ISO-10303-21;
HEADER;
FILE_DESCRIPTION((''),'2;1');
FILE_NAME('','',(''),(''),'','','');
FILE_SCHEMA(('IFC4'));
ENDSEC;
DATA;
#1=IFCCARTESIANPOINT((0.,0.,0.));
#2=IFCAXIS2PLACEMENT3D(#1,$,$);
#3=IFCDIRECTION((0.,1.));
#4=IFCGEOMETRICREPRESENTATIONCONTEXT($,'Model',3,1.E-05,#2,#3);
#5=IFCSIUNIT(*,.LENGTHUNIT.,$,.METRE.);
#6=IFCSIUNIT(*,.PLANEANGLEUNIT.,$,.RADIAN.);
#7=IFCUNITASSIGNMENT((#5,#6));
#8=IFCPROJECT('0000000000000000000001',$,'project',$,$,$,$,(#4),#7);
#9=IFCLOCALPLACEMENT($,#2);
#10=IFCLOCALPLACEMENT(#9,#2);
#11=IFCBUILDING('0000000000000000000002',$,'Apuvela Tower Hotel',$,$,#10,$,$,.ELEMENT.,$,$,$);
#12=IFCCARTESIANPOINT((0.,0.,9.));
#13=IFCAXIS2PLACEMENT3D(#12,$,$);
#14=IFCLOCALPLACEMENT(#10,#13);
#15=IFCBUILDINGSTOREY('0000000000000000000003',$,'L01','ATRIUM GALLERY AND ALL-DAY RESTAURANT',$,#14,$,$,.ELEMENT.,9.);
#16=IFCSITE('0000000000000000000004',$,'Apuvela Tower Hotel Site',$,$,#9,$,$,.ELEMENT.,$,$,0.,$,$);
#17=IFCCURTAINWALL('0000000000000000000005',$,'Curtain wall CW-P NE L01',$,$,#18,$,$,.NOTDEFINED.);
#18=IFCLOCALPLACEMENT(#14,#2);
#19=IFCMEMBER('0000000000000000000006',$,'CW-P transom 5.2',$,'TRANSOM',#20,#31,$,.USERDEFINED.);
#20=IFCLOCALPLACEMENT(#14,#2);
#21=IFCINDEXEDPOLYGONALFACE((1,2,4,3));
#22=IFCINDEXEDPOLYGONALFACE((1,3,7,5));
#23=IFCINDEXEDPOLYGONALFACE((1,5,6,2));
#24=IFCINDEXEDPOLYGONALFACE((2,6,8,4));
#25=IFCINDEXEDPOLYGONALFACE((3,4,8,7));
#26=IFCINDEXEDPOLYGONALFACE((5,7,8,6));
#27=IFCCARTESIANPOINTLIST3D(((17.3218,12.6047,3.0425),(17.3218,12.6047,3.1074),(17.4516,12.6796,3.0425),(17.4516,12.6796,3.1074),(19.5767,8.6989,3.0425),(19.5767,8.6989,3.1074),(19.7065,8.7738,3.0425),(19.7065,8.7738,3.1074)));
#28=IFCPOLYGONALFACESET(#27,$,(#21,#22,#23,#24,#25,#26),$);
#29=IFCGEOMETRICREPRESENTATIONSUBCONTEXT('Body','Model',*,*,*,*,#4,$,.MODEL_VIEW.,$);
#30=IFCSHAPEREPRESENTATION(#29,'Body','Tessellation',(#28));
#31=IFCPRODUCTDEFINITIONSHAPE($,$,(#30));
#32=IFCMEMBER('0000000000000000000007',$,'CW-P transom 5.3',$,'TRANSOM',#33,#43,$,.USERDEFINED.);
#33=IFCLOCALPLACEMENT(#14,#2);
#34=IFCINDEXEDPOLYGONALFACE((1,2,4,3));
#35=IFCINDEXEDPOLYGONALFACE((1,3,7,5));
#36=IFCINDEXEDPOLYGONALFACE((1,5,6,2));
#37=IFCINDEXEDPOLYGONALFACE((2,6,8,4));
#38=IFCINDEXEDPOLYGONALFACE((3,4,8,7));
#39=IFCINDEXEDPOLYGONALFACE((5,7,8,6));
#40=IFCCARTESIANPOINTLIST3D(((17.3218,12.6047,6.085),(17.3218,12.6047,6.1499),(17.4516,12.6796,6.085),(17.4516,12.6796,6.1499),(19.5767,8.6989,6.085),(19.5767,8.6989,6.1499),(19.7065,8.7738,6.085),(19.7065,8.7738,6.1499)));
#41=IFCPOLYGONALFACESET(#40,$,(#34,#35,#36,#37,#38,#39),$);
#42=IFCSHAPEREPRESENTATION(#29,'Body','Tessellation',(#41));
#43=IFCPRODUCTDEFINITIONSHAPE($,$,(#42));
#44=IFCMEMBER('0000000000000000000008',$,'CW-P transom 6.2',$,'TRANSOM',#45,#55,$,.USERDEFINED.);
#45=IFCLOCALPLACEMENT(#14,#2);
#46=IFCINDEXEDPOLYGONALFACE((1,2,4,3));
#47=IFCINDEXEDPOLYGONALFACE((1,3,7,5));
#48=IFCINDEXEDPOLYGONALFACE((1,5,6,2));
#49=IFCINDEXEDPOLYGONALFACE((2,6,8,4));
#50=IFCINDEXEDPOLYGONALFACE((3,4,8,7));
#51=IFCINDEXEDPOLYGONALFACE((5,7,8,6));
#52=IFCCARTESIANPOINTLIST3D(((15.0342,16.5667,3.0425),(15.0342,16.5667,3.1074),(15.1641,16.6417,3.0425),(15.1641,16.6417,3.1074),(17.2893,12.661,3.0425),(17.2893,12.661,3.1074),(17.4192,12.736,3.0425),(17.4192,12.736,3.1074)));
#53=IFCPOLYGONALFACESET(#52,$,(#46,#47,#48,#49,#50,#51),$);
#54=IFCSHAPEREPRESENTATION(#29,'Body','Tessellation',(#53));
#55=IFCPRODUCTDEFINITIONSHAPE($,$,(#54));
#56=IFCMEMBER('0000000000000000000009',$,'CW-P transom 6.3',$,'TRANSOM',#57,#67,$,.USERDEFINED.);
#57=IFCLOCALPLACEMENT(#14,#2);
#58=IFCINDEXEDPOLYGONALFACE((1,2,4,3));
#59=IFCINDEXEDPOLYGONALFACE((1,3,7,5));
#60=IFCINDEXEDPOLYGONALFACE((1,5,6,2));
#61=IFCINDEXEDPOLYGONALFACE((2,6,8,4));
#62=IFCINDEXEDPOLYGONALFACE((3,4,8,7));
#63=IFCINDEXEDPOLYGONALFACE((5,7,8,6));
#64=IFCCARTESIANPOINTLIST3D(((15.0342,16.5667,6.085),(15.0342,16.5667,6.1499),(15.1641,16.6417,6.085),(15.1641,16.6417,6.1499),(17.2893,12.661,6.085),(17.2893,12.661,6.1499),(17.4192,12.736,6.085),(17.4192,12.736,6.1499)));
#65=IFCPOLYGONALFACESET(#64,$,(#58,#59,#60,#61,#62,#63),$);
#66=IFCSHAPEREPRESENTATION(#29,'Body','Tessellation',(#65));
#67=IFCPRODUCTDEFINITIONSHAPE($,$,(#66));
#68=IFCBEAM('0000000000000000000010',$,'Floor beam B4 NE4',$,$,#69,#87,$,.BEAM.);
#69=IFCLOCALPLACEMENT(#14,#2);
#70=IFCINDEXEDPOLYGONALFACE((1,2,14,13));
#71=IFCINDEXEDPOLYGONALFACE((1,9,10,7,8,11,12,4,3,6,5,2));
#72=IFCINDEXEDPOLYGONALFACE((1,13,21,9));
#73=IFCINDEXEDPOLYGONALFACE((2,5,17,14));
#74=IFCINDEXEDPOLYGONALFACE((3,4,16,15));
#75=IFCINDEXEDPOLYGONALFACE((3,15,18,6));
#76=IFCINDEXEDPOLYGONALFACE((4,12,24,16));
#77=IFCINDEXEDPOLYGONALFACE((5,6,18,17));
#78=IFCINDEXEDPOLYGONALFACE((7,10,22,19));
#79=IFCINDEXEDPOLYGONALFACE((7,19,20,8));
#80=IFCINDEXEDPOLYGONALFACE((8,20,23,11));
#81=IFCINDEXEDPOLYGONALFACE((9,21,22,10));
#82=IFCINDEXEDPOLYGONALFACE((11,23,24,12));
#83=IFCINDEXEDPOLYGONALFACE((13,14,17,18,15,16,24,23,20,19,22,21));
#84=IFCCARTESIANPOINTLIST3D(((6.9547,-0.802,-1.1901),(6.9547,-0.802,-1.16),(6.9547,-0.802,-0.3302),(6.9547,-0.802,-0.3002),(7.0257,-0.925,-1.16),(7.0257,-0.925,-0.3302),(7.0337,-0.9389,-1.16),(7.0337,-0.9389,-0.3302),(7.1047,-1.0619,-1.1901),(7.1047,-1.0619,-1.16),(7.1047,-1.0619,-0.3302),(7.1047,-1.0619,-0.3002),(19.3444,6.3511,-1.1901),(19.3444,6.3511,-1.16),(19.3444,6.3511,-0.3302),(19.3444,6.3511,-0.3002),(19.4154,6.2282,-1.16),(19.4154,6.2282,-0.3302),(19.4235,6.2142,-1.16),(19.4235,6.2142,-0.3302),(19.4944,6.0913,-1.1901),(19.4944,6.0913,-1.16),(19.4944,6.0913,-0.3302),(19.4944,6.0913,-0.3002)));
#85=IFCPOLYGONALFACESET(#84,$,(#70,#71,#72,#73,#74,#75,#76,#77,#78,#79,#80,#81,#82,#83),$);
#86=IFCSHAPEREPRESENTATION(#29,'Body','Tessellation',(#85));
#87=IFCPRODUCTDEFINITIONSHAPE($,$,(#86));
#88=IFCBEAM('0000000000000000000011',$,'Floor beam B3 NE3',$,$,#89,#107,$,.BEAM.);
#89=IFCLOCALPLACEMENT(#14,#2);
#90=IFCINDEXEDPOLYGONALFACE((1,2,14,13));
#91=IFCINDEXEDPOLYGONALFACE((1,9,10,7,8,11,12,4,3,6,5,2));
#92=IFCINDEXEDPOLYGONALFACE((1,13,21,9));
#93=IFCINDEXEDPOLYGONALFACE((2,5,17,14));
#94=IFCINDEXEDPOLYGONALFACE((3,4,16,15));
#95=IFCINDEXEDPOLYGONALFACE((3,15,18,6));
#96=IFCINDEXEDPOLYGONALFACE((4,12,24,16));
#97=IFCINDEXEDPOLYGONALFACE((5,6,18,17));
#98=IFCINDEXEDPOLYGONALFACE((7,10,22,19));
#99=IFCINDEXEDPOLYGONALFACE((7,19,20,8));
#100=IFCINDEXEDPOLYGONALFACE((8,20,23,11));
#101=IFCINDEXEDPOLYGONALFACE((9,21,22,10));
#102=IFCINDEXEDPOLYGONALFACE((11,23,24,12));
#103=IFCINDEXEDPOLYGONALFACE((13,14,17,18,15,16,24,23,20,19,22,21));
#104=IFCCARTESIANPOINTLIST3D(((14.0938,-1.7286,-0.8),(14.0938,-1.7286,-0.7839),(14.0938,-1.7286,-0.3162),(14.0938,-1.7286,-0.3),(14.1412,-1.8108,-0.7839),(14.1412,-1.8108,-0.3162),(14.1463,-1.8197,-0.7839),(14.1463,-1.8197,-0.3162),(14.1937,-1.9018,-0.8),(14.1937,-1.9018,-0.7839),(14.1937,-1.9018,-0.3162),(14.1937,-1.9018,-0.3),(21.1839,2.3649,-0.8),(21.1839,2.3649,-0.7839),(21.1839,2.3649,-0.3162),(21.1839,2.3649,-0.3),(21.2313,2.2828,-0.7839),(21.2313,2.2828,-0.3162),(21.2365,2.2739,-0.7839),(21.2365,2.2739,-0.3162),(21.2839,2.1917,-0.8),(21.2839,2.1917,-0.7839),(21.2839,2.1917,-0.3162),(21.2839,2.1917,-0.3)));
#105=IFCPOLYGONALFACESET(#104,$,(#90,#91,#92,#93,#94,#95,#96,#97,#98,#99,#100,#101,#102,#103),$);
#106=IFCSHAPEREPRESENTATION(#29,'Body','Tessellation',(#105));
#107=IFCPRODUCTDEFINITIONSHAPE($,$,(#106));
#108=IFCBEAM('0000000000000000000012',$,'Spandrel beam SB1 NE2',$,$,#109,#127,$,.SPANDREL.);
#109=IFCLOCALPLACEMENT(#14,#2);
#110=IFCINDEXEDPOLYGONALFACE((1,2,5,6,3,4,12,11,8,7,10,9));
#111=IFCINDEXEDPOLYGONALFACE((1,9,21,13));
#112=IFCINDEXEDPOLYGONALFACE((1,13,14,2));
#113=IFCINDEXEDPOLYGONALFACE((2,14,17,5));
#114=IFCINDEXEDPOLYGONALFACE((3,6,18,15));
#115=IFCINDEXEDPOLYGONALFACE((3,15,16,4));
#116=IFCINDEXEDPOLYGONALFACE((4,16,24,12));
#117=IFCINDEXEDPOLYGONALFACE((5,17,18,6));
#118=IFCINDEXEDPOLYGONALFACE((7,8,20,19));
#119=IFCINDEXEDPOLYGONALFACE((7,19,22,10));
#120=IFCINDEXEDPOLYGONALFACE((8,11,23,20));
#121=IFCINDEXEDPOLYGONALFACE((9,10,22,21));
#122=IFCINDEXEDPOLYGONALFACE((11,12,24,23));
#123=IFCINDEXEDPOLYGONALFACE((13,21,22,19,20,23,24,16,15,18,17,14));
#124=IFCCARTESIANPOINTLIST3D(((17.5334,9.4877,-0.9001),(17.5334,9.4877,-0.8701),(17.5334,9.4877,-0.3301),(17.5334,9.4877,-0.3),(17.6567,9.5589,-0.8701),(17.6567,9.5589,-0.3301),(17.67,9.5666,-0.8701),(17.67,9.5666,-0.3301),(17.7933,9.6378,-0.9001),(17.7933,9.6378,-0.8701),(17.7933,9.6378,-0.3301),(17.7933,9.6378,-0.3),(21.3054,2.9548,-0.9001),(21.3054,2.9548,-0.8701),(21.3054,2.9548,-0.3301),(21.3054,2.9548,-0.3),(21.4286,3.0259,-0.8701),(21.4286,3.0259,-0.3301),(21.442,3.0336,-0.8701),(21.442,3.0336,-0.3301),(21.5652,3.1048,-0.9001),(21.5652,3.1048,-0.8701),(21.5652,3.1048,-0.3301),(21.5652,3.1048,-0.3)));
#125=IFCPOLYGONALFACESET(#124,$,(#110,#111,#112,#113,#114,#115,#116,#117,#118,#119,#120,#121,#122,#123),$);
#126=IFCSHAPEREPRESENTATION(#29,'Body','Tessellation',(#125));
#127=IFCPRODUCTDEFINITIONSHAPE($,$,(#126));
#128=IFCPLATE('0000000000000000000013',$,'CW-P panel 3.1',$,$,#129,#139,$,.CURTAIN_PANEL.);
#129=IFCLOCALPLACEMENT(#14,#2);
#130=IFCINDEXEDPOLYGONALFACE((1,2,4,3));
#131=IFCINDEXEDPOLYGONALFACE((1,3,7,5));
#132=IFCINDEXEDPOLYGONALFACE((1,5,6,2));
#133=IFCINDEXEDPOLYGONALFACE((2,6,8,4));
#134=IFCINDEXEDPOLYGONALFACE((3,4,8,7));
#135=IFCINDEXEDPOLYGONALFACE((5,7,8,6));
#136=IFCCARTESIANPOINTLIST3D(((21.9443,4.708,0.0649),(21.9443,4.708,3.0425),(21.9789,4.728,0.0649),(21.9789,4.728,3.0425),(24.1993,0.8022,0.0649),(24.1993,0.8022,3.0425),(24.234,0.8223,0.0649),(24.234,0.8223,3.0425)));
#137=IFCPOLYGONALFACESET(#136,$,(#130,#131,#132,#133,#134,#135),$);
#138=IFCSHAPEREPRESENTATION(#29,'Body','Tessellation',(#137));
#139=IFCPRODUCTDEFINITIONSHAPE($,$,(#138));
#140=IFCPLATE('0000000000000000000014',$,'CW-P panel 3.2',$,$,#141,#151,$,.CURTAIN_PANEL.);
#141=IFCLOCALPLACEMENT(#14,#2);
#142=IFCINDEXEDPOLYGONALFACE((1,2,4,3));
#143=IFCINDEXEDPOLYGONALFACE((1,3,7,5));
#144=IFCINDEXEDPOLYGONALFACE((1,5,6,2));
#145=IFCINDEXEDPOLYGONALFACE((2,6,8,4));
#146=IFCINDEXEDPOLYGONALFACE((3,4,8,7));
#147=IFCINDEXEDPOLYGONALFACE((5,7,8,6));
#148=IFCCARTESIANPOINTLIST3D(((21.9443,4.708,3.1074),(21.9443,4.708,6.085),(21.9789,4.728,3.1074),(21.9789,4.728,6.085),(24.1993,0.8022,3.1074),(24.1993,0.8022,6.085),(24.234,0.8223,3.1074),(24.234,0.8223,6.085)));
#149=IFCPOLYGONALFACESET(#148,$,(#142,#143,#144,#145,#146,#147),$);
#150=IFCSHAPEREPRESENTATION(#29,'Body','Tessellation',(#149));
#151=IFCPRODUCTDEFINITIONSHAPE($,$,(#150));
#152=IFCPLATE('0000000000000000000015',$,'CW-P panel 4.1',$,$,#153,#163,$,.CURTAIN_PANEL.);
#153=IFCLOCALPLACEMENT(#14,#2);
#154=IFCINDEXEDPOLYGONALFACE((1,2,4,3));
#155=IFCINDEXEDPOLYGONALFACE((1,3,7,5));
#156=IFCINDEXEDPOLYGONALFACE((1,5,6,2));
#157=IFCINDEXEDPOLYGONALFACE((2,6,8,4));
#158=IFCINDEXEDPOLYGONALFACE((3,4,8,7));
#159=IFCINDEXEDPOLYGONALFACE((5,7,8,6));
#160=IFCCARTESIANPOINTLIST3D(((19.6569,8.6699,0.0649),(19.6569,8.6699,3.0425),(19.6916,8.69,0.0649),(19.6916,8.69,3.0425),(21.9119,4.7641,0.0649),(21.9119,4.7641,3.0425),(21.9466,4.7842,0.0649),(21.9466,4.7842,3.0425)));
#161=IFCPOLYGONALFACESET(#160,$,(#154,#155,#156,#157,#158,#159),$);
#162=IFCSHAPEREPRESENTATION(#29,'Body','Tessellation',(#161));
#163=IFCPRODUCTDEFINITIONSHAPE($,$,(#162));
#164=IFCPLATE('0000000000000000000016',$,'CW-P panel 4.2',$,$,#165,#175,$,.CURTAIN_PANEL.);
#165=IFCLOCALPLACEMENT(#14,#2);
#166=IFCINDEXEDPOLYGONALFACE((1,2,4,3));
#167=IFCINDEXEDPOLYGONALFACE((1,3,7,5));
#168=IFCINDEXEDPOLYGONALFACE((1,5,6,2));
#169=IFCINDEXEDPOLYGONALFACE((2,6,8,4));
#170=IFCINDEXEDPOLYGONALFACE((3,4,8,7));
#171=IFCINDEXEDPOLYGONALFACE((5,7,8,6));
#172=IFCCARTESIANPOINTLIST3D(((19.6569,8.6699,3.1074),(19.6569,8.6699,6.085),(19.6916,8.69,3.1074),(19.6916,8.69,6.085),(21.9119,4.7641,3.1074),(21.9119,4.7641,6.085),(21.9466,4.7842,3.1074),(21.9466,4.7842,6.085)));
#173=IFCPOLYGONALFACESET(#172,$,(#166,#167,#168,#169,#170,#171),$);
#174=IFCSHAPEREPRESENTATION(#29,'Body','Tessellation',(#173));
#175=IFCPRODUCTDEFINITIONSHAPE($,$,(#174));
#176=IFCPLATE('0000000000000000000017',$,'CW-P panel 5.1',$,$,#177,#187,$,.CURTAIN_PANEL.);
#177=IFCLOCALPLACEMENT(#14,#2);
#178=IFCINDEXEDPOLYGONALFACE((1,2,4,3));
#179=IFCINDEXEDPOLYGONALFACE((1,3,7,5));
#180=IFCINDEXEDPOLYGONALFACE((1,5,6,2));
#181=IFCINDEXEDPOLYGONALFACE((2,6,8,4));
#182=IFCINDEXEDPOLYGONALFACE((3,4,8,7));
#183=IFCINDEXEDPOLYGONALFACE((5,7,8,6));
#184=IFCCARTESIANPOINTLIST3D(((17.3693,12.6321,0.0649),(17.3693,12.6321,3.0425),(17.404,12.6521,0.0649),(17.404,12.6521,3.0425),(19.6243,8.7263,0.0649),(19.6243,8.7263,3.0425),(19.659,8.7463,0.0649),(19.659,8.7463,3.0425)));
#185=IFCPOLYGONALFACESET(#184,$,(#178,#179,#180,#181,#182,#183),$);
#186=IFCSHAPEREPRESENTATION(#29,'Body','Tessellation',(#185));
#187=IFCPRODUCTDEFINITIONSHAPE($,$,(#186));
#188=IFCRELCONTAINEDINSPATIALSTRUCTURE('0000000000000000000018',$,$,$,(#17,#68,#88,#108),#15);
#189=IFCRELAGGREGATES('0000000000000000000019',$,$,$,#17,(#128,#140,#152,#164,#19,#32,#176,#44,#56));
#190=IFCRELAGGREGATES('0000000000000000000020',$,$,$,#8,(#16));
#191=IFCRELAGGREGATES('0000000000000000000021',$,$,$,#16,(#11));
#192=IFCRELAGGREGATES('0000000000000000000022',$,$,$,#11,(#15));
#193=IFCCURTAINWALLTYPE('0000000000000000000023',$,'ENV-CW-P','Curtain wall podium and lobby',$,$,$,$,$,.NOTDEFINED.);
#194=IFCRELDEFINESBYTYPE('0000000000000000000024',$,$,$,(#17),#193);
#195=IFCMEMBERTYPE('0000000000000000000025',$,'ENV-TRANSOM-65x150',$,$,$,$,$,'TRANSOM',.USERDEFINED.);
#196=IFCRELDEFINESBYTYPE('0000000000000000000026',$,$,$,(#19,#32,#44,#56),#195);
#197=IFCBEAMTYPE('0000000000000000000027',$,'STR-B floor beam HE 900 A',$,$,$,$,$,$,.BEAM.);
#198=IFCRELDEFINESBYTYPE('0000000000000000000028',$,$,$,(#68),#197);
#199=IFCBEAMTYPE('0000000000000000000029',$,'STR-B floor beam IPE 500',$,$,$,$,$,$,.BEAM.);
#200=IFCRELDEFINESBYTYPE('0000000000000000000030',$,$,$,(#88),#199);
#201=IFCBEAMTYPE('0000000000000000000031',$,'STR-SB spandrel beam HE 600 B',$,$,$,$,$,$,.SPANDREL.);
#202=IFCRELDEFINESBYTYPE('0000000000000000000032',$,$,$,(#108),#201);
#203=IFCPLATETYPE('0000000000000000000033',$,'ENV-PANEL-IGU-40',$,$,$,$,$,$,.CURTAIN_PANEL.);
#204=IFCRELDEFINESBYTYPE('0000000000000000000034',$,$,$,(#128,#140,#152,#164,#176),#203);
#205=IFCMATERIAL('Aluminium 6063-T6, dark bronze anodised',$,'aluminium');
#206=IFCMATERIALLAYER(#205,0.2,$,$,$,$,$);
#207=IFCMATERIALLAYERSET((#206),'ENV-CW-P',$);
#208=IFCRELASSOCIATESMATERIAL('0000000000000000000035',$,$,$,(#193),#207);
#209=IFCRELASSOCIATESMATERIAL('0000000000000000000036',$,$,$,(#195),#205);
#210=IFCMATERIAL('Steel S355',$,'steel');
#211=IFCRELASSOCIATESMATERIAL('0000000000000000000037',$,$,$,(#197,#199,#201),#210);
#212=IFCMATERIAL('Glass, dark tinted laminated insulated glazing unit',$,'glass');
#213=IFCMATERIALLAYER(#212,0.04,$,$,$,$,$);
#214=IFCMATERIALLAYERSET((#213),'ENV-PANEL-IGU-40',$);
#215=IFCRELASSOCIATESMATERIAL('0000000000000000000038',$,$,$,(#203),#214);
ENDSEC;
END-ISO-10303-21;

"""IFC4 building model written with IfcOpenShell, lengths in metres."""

from ifc_helpers import new_model, si_unit, direction, frame, origin, origin_2d, place, context, subcontext, project, spatial, rectangle, i_section, extrude, material, layer, layer_set, material_profile, profile_set, type_object, element, aggregate, save


model = new_model("IFC4")

# Units and contexts
model_context = context("Model", 3, precision=1e-05, world=origin(), true_north=direction((0.0, 1.0)))
body_context = subcontext(model_context, "Body", "Model", "MODEL_VIEW")
ifc_project = project(units=[si_unit("LENGTHUNIT", "METRE"), si_unit("PLANEANGLEUNIT", "RADIAN")], contexts=[model_context])

# Site, building, storey
site_placement = place(None, origin())
site = spatial("IfcSite", under=ifc_project, at=site_placement, Name="Apuvela Tower Hotel Site", CompositionType="ELEMENT", RefElevation=0.0)
building_placement = place(site_placement, origin())
building = spatial("IfcBuilding", under=site, at=building_placement, Name="Apuvela Tower Hotel", CompositionType="ELEMENT")
storey_placement = place(building_placement, frame((0.0, 0.0, 9.0)))
storey = spatial("IfcBuildingStorey", under=building, at=storey_placement, Name="L01", Description="ATRIUM GALLERY AND ALL-DAY RESTAURANT", CompositionType="ELEMENT", Elevation=9.0)

# Curtain wall, members
ifc_material_1 = material(Name="Aluminium 6063-T6, dark bronze anodised", Category="aluminium")
ifc_layer_1 = layer(ifc_material_1, 0.2)
ifc_layer_set_1 = layer_set([ifc_layer_1], Name="ENV-CW-P")
curtain_wall_type = type_object("IfcCurtainWallType", Name="ENV-CW-P", Description="Curtain wall podium and lobby", PredefinedType="NOTDEFINED", material=ifc_layer_set_1)
curtain_wall_placement = place(storey_placement, origin())
curtain_wall = element("IfcCurtainWall", 1, at=curtain_wall_placement, inside=storey, type_object=curtain_wall_type, Name="Curtain wall CW-P NE L01", PredefinedType="NOTDEFINED")
ifc_material_profile_1 = material_profile(ifc_material_1, rectangle(XDim=0.1499, YDim=0.0649, at=origin_2d()), Name="AL 65x150 transom")
ifc_profile_set_1 = profile_set([ifc_material_profile_1], Name="Aluminium 6063-T6, dark bronze anodised")
member_type_1 = type_object("IfcMemberType", Name="ENV-TRANSOM-65x150", ElementType="TRANSOM", PredefinedType="USERDEFINED", material=ifc_profile_set_1)
member_1_placement = place(storey_placement, frame((19.6416, 8.7363, 3.075), z_axis=(-0.499982, 0.866036, 0.0), x_axis=(-0.866036, -0.499982, 0.0)))
member_1 = element("IfcMember", 2, at=member_1_placement, type_object=member_type_1, Name="CW-P transom 5.2", ObjectType="TRANSOM", PredefinedType="USERDEFINED", context=body_context, shape_type="SweptSolid", body=[
    extrude(rectangle(XDim=0.1499, YDim=0.0649, at=origin_2d()), origin(), (0.0, 0.0, 1.0), 4.51),
])
member_2_placement = place(storey_placement, frame((19.6416, 8.7363, 6.1174), z_axis=(-0.499982, 0.866036, 0.0), x_axis=(-0.866036, -0.499982, 0.0)))
member_2 = element("IfcMember", 3, at=member_2_placement, type_object=member_type_1, Name="CW-P transom 5.3", ObjectType="TRANSOM", PredefinedType="USERDEFINED", context=body_context, shape_type="SweptSolid", body=[
    extrude(rectangle(XDim=0.1499, YDim=0.0649, at=origin_2d()), origin(), (0.0, 0.0, 1.0), 4.51),
])
member_3_placement = place(storey_placement, frame((17.3542, 12.6985, 3.075), z_axis=(-0.500022, 0.866013, 0.0), x_axis=(-0.866013, -0.500022, 0.0)))
member_3 = element("IfcMember", 4, at=member_3_placement, type_object=member_type_1, Name="CW-P transom 6.2", ObjectType="TRANSOM", PredefinedType="USERDEFINED", context=body_context, shape_type="SweptSolid", body=[
    extrude(rectangle(XDim=0.1499, YDim=0.0649, at=origin_2d()), origin(), (0.0, 0.0, 1.0), 4.51),
])
member_4_placement = place(storey_placement, frame((17.3542, 12.6985, 6.1174), z_axis=(-0.500022, 0.866013, 0.0), x_axis=(-0.866013, -0.500022, 0.0)))
member_4 = element("IfcMember", 5, at=member_4_placement, type_object=member_type_1, Name="CW-P transom 6.3", ObjectType="TRANSOM", PredefinedType="USERDEFINED", context=body_context, shape_type="SweptSolid", body=[
    extrude(rectangle(XDim=0.1499, YDim=0.0649, at=origin_2d()), origin(), (0.0, 0.0, 1.0), 4.51),
])

# Beams
ifc_material_2 = material(Name="Steel S355", Category="steel")
ifc_material_profile_2 = material_profile(ifc_material_2, i_section(OverallWidth=0.3, OverallDepth=0.8899, WebThickness=0.0161, FlangeThickness=0.03, at=origin_2d()), Name="HE 900 A")
ifc_profile_set_2 = profile_set([ifc_material_profile_2], Name="Steel S355")
beam_type_1 = type_object("IfcBeamType", Name="STR-B floor beam HE 900 A", PredefinedType="BEAM", material=ifc_profile_set_2)
beam_1_placement = place(storey_placement, frame((19.4194, 6.2212, -0.7451), z_axis=(-0.866028, -0.499995, 0.0), x_axis=(0.499995, -0.866028, 0.0)))
element("IfcBeam", 6, at=beam_1_placement, inside=storey, type_object=beam_type_1, Name="Floor beam B4 NE4", PredefinedType="BEAM", context=body_context, shape_type="SweptSolid", body=[
    extrude(i_section(OverallWidth=0.3, OverallDepth=0.8899, WebThickness=0.0161, FlangeThickness=0.03, at=origin_2d()), origin(), (0.0, 0.0, 1.0), 14.3064),
])
ifc_material_profile_3 = material_profile(ifc_material_2, i_section(OverallWidth=0.2, OverallDepth=0.5, WebThickness=0.0103, FlangeThickness=0.0161, at=origin_2d()), Name="IPE 500")
ifc_profile_set_3 = profile_set([ifc_material_profile_3], Name="Steel S355")
beam_type_2 = type_object("IfcBeamType", Name="STR-B floor beam IPE 500", PredefinedType="BEAM", material=ifc_profile_set_3)
beam_2_placement = place(storey_placement, frame((21.2339, 2.2783, -0.55), z_axis=(-0.866023, -0.500004, 0.0), x_axis=(0.500004, -0.866023, 0.0)))
element("IfcBeam", 7, at=beam_2_placement, inside=storey, type_object=beam_type_2, Name="Floor beam B3 NE3", PredefinedType="BEAM", context=body_context, shape_type="SweptSolid", body=[
    extrude(i_section(OverallWidth=0.2, OverallDepth=0.5, WebThickness=0.0103, FlangeThickness=0.0161, at=origin_2d()), origin(), (0.0, 0.0, 1.0), 8.187),
])
ifc_material_profile_4 = material_profile(ifc_material_2, i_section(OverallWidth=0.3, OverallDepth=0.6001, WebThickness=0.0154, FlangeThickness=0.03, at=origin_2d()), Name="HE 600 B")
ifc_profile_set_4 = profile_set([ifc_material_profile_4], Name="Steel S355")
beam_type_3 = type_object("IfcBeamType", Name="STR-SB spandrel beam HE 600 B", PredefinedType="SPANDREL", material=ifc_profile_set_4)
beam_3_placement = place(storey_placement, frame((21.4353, 3.0298, -0.6001), z_axis=(-0.500017, 0.866016, 0.0), x_axis=(-0.866016, -0.500017, 0.0)))
element("IfcBeam", 8, at=beam_3_placement, inside=storey, type_object=beam_type_3, Name="Spandrel beam SB1 NE2", PredefinedType="SPANDREL", context=body_context, shape_type="SweptSolid", body=[
    extrude(i_section(OverallWidth=0.3, OverallDepth=0.6001, WebThickness=0.0154, FlangeThickness=0.03, at=origin_2d()), origin(), (0.0, 0.0, 1.0), 7.5437),
])

# Plates
ifc_material_3 = material(Name="Glass, dark tinted laminated insulated glazing unit", Category="glass")
ifc_layer_2 = layer(ifc_material_3, 0.04)
ifc_layer_set_2 = layer_set([ifc_layer_2], Name="ENV-PANEL-IGU-40")
plate_type = type_object("IfcPlateType", Name="ENV-PANEL-IGU-40", PredefinedType="CURTAIN_PANEL", material=ifc_layer_set_2)
plate_1_placement = place(storey_placement, frame((23.0891, 2.7651, 0.0649), z_axis=(0.0, 0.0, 1.0), x_axis=(-0.5, 0.866025, 0.0)))
plate_1 = element("IfcPlate", 9, at=plate_1_placement, type_object=plate_type, Name="CW-P panel 3.1", PredefinedType="CURTAIN_PANEL", context=body_context, shape_type="SweptSolid", body=[
    extrude(rectangle(XDim=4.51, YDim=0.04, at=origin_2d()), origin(), (0.0, 0.0, 1.0), 2.9775),
])
plate_2_placement = place(storey_placement, frame((23.0891, 2.7651, 3.1074), z_axis=(0.0, 0.0, 1.0), x_axis=(-0.5, 0.866025, 0.0)))
plate_2 = element("IfcPlate", 10, at=plate_2_placement, type_object=plate_type, Name="CW-P panel 3.2", PredefinedType="CURTAIN_PANEL", context=body_context, shape_type="SweptSolid", body=[
    extrude(rectangle(XDim=4.51, YDim=0.04, at=origin_2d()), origin(), (0.0, 0.0, 1.0), 2.9775),
])
plate_3_placement = place(storey_placement, frame((20.8018, 6.7271, 0.0649), z_axis=(0.0, 0.0, 1.0), x_axis=(-0.5, 0.866025, 0.0)))
plate_3 = element("IfcPlate", 11, at=plate_3_placement, type_object=plate_type, Name="CW-P panel 4.1", PredefinedType="CURTAIN_PANEL", context=body_context, shape_type="SweptSolid", body=[
    extrude(rectangle(XDim=4.51, YDim=0.04, at=origin_2d()), origin(), (0.0, 0.0, 1.0), 2.9775),
])
plate_4_placement = place(storey_placement, frame((20.8018, 6.7271, 3.1074), z_axis=(0.0, 0.0, 1.0), x_axis=(-0.5, 0.866025, 0.0)))
plate_4 = element("IfcPlate", 12, at=plate_4_placement, type_object=plate_type, Name="CW-P panel 4.2", PredefinedType="CURTAIN_PANEL", context=body_context, shape_type="SweptSolid", body=[
    extrude(rectangle(XDim=4.51, YDim=0.04, at=origin_2d()), origin(), (0.0, 0.0, 1.0), 2.9775),
])
plate_5_placement = place(storey_placement, frame((18.5142, 10.6892, 0.0649), z_axis=(0.0, 0.0, 1.0), x_axis=(-0.5, 0.866025, 0.0)))
plate_5 = element("IfcPlate", 13, at=plate_5_placement, type_object=plate_type, Name="CW-P panel 5.1", PredefinedType="CURTAIN_PANEL", context=body_context, shape_type="SweptSolid", body=[
    extrude(rectangle(XDim=4.51, YDim=0.04, at=origin_2d()), origin(), (0.0, 0.0, 1.0), 2.9775),
])
aggregate(curtain_wall, [plate_1, plate_2, plate_3, plate_4, member_1, member_2, plate_5, member_3, member_4])

save(model, "model.ifc")
